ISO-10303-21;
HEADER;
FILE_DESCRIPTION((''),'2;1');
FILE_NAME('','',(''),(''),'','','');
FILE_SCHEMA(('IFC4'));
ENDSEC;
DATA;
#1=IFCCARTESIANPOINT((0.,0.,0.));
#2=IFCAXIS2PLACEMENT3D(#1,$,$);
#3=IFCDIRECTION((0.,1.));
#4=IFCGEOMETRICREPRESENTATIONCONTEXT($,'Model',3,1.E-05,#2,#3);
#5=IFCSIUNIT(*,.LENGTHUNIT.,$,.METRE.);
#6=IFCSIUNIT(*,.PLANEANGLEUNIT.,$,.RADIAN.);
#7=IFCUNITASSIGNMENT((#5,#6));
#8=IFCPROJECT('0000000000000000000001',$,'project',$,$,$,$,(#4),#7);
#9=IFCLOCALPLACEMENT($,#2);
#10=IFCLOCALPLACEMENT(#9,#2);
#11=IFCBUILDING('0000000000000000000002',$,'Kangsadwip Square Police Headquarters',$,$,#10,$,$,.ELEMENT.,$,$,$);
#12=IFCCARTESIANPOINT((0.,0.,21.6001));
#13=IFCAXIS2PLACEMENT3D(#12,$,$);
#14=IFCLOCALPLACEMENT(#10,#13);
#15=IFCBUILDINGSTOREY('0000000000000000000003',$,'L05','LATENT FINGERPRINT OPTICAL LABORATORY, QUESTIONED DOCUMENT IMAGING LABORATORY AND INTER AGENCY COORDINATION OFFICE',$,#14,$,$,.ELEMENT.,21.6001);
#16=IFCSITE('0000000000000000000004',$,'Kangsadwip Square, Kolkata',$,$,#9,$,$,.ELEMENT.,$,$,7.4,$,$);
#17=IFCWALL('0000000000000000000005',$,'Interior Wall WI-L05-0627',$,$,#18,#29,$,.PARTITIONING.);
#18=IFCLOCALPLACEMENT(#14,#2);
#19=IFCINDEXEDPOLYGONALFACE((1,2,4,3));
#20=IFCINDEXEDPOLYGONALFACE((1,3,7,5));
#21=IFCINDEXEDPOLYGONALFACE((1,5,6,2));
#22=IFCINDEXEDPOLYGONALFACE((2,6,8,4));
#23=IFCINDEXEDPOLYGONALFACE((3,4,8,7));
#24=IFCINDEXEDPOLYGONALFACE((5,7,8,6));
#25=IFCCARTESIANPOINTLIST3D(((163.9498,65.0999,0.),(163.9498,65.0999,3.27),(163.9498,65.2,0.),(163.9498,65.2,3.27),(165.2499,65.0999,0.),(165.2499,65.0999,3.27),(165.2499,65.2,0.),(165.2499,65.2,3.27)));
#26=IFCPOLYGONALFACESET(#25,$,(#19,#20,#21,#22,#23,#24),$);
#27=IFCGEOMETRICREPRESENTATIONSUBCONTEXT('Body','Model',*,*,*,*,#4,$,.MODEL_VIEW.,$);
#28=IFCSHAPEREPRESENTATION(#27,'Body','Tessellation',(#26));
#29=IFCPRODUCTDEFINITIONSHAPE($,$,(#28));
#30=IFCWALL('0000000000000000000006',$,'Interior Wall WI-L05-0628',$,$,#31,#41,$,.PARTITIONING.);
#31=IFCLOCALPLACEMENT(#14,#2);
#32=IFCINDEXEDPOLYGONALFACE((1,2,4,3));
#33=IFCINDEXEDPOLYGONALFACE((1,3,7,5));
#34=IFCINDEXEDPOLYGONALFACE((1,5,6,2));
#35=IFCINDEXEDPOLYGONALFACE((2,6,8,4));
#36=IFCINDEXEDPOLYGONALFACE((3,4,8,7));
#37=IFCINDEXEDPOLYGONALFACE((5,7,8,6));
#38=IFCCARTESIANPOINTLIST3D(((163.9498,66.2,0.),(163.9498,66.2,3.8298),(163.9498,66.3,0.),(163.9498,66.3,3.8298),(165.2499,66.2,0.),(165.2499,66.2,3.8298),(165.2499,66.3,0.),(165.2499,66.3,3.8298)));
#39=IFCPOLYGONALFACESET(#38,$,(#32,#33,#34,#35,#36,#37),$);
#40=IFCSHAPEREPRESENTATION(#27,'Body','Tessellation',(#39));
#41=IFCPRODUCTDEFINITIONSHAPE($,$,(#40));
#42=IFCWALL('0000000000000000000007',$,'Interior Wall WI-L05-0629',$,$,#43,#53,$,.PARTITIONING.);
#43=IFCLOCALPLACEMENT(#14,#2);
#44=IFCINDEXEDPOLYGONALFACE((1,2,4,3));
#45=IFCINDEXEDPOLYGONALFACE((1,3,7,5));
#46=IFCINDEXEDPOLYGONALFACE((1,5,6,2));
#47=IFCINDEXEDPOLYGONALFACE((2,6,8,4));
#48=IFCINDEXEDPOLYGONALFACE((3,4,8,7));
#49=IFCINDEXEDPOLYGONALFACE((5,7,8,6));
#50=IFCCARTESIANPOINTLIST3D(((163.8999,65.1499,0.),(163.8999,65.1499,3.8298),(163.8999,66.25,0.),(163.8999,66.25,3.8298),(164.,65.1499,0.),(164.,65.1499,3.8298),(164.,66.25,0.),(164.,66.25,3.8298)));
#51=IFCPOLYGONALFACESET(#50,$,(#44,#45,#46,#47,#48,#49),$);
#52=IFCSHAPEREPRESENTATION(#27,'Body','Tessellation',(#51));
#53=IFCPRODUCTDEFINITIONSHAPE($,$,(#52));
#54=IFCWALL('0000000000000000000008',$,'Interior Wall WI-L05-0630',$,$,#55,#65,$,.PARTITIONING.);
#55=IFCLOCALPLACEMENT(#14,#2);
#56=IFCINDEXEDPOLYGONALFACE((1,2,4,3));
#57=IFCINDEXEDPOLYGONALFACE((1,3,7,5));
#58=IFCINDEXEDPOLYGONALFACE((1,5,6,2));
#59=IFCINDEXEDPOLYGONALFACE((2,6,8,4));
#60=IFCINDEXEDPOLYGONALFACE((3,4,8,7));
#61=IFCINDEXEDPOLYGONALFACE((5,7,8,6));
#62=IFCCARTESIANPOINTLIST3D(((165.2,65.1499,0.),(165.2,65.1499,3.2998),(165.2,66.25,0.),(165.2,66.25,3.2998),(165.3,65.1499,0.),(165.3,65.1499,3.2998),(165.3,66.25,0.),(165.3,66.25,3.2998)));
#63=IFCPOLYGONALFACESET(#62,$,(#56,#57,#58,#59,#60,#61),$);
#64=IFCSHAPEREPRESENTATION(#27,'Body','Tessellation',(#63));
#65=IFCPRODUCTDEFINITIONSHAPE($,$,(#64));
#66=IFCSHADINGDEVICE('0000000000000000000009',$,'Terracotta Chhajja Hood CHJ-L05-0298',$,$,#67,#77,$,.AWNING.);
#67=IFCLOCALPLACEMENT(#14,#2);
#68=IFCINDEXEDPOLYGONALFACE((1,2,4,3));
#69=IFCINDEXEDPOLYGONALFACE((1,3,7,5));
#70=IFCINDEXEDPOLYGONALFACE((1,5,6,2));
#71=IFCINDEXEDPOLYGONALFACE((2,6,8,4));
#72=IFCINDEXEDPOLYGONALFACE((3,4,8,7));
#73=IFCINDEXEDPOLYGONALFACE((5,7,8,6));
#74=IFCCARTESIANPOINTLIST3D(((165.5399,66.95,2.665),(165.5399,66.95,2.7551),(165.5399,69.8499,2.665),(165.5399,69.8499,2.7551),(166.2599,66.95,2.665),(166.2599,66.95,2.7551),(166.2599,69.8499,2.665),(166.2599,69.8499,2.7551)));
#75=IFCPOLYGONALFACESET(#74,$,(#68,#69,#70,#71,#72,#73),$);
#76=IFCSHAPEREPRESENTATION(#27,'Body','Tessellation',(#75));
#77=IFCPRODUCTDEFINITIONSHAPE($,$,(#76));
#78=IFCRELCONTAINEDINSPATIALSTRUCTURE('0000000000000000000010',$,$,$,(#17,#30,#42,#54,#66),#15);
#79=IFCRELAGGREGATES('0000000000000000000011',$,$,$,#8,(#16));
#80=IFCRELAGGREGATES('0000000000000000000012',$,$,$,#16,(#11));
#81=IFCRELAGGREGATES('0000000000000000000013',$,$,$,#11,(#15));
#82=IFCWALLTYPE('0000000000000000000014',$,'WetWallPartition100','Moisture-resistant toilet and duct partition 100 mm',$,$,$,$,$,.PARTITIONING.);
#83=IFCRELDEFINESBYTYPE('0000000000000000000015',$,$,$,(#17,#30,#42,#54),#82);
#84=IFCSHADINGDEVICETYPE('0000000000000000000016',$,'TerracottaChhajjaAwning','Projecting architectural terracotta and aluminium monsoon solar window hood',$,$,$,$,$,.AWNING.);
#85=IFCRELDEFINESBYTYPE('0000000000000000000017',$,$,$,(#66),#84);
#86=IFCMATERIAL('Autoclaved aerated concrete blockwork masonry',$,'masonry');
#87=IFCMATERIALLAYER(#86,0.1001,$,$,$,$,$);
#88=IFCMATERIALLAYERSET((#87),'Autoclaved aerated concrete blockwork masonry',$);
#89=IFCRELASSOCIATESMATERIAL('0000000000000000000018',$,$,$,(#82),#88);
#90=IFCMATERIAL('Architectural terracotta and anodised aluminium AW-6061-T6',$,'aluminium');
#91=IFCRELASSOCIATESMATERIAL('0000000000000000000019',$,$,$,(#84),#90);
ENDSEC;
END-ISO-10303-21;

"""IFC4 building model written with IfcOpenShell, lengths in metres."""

from ifc_helpers import new_model, si_unit, direction, frame, frame_2d, origin, origin_2d, place, context, subcontext, project, spatial, rectangle, extrude, material, layer, layer_set, type_object, element, save


model = new_model("IFC4")

# Units and contexts
model_context = context("Model", 3, precision=1e-05, world=origin(), true_north=direction((0.0, 1.0)))
body_context = subcontext(model_context, "Body", "Model", "MODEL_VIEW")
ifc_project = project(units=[si_unit("LENGTHUNIT", "METRE"), si_unit("PLANEANGLEUNIT", "RADIAN")], contexts=[model_context])

# Site, building, storey
site_placement = place(None, origin())
site = spatial("IfcSite", under=ifc_project, at=site_placement, Name="Kangsadwip Square, Kolkata", CompositionType="ELEMENT", RefElevation=7.4)
building_placement = place(site_placement, origin())
building = spatial("IfcBuilding", under=site, at=building_placement, Name="Kangsadwip Square Police Headquarters", CompositionType="ELEMENT")
storey_placement = place(building_placement, frame((0.0, 0.0, 21.6001)))
storey = spatial("IfcBuildingStorey", under=building, at=storey_placement, Name="L05", Description="LATENT FINGERPRINT OPTICAL LABORATORY, QUESTIONED DOCUMENT IMAGING LABORATORY AND INTER AGENCY COORDINATION OFFICE", CompositionType="ELEMENT", Elevation=21.6001)

# Walls
ifc_material_1 = material(Name="Autoclaved aerated concrete blockwork masonry", Category="masonry")
ifc_layer_1 = layer(ifc_material_1, 0.1001)
ifc_layer_set_1 = layer_set([ifc_layer_1], Name="Autoclaved aerated concrete blockwork masonry")
wall_type_1 = type_object("IfcWallType", Name="WetWallPartition100", Description="Moisture-resistant toilet and duct partition 100 mm", PredefinedType="PARTITIONING", material=ifc_layer_set_1)
wall_1_placement = place(storey_placement, frame((163.95, 65.1499, 0.0), z_axis=(0.0, 0.0, 1.0), x_axis=(1.0, 0.0, 0.0)))
element("IfcWall", 1, at=wall_1_placement, inside=storey, type_object=wall_type_1, Name="Interior Wall WI-L05-0627", PredefinedType="PARTITIONING", context=body_context, shape_type="SweptSolid", body=[
    extrude(rectangle(XDim=1.3, YDim=0.1001, at=frame_2d((0.6499, 0.0))), origin(), (0.0, 0.0, 1.0), 3.27),
])
wall_2_placement = place(storey_placement, frame((163.95, 66.25, 0.0), z_axis=(0.0, 0.0, 1.0), x_axis=(1.0, 0.0, 0.0)))
element("IfcWall", 2, at=wall_2_placement, inside=storey, type_object=wall_type_1, Name="Interior Wall WI-L05-0628", PredefinedType="PARTITIONING", context=body_context, shape_type="SweptSolid", body=[
    extrude(rectangle(XDim=1.3, YDim=0.1001, at=frame_2d((0.6499, 0.0))), origin(), (0.0, 0.0, 1.0), 3.8298),
])
wall_3_placement = place(storey_placement, frame((163.95, 65.1499, 0.0), z_axis=(0.0, 0.0, 1.0), x_axis=(0.0, 1.0, 0.0)))
element("IfcWall", 3, at=wall_3_placement, inside=storey, type_object=wall_type_1, Name="Interior Wall WI-L05-0629", PredefinedType="PARTITIONING", context=body_context, shape_type="SweptSolid", body=[
    extrude(rectangle(XDim=1.1001, YDim=0.1001, at=frame_2d((0.55, 0.0))), origin(), (0.0, 0.0, 1.0), 3.8298),
])
wall_4_placement = place(storey_placement, frame((165.25, 65.1499, 0.0), z_axis=(0.0, 0.0, 1.0), x_axis=(0.0, 1.0, 0.0)))
element("IfcWall", 4, at=wall_4_placement, inside=storey, type_object=wall_type_1, Name="Interior Wall WI-L05-0630", PredefinedType="PARTITIONING", context=body_context, shape_type="SweptSolid", body=[
    extrude(rectangle(XDim=1.1001, YDim=0.1001, at=frame_2d((0.55, 0.0))), origin(), (0.0, 0.0, 1.0), 3.2998),
])

# Shading device
ifc_material_2 = material(Name="Architectural terracotta and anodised aluminium AW-6061-T6", Category="aluminium")
shading_device_type = type_object("IfcShadingDeviceType", Name="TerracottaChhajjaAwning", Description="Projecting architectural terracotta and aluminium monsoon solar window hood", PredefinedType="AWNING", material=ifc_material_2)
shading_device_placement = place(storey_placement, frame((165.8999, 68.3999, 2.665), z_axis=(0.0, 0.0, 1.0), x_axis=(0.0, 1.0, 0.0)))
element("IfcShadingDevice", 5, at=shading_device_placement, inside=storey, type_object=shading_device_type, Name="Terracotta Chhajja Hood CHJ-L05-0298", PredefinedType="AWNING", context=body_context, shape_type="SweptSolid", body=[
    extrude(rectangle(XDim=2.8999, YDim=0.72, at=origin_2d()), origin(), (0.0, 0.0, 1.0), 0.0901),
])

save(model, "model.ifc")
